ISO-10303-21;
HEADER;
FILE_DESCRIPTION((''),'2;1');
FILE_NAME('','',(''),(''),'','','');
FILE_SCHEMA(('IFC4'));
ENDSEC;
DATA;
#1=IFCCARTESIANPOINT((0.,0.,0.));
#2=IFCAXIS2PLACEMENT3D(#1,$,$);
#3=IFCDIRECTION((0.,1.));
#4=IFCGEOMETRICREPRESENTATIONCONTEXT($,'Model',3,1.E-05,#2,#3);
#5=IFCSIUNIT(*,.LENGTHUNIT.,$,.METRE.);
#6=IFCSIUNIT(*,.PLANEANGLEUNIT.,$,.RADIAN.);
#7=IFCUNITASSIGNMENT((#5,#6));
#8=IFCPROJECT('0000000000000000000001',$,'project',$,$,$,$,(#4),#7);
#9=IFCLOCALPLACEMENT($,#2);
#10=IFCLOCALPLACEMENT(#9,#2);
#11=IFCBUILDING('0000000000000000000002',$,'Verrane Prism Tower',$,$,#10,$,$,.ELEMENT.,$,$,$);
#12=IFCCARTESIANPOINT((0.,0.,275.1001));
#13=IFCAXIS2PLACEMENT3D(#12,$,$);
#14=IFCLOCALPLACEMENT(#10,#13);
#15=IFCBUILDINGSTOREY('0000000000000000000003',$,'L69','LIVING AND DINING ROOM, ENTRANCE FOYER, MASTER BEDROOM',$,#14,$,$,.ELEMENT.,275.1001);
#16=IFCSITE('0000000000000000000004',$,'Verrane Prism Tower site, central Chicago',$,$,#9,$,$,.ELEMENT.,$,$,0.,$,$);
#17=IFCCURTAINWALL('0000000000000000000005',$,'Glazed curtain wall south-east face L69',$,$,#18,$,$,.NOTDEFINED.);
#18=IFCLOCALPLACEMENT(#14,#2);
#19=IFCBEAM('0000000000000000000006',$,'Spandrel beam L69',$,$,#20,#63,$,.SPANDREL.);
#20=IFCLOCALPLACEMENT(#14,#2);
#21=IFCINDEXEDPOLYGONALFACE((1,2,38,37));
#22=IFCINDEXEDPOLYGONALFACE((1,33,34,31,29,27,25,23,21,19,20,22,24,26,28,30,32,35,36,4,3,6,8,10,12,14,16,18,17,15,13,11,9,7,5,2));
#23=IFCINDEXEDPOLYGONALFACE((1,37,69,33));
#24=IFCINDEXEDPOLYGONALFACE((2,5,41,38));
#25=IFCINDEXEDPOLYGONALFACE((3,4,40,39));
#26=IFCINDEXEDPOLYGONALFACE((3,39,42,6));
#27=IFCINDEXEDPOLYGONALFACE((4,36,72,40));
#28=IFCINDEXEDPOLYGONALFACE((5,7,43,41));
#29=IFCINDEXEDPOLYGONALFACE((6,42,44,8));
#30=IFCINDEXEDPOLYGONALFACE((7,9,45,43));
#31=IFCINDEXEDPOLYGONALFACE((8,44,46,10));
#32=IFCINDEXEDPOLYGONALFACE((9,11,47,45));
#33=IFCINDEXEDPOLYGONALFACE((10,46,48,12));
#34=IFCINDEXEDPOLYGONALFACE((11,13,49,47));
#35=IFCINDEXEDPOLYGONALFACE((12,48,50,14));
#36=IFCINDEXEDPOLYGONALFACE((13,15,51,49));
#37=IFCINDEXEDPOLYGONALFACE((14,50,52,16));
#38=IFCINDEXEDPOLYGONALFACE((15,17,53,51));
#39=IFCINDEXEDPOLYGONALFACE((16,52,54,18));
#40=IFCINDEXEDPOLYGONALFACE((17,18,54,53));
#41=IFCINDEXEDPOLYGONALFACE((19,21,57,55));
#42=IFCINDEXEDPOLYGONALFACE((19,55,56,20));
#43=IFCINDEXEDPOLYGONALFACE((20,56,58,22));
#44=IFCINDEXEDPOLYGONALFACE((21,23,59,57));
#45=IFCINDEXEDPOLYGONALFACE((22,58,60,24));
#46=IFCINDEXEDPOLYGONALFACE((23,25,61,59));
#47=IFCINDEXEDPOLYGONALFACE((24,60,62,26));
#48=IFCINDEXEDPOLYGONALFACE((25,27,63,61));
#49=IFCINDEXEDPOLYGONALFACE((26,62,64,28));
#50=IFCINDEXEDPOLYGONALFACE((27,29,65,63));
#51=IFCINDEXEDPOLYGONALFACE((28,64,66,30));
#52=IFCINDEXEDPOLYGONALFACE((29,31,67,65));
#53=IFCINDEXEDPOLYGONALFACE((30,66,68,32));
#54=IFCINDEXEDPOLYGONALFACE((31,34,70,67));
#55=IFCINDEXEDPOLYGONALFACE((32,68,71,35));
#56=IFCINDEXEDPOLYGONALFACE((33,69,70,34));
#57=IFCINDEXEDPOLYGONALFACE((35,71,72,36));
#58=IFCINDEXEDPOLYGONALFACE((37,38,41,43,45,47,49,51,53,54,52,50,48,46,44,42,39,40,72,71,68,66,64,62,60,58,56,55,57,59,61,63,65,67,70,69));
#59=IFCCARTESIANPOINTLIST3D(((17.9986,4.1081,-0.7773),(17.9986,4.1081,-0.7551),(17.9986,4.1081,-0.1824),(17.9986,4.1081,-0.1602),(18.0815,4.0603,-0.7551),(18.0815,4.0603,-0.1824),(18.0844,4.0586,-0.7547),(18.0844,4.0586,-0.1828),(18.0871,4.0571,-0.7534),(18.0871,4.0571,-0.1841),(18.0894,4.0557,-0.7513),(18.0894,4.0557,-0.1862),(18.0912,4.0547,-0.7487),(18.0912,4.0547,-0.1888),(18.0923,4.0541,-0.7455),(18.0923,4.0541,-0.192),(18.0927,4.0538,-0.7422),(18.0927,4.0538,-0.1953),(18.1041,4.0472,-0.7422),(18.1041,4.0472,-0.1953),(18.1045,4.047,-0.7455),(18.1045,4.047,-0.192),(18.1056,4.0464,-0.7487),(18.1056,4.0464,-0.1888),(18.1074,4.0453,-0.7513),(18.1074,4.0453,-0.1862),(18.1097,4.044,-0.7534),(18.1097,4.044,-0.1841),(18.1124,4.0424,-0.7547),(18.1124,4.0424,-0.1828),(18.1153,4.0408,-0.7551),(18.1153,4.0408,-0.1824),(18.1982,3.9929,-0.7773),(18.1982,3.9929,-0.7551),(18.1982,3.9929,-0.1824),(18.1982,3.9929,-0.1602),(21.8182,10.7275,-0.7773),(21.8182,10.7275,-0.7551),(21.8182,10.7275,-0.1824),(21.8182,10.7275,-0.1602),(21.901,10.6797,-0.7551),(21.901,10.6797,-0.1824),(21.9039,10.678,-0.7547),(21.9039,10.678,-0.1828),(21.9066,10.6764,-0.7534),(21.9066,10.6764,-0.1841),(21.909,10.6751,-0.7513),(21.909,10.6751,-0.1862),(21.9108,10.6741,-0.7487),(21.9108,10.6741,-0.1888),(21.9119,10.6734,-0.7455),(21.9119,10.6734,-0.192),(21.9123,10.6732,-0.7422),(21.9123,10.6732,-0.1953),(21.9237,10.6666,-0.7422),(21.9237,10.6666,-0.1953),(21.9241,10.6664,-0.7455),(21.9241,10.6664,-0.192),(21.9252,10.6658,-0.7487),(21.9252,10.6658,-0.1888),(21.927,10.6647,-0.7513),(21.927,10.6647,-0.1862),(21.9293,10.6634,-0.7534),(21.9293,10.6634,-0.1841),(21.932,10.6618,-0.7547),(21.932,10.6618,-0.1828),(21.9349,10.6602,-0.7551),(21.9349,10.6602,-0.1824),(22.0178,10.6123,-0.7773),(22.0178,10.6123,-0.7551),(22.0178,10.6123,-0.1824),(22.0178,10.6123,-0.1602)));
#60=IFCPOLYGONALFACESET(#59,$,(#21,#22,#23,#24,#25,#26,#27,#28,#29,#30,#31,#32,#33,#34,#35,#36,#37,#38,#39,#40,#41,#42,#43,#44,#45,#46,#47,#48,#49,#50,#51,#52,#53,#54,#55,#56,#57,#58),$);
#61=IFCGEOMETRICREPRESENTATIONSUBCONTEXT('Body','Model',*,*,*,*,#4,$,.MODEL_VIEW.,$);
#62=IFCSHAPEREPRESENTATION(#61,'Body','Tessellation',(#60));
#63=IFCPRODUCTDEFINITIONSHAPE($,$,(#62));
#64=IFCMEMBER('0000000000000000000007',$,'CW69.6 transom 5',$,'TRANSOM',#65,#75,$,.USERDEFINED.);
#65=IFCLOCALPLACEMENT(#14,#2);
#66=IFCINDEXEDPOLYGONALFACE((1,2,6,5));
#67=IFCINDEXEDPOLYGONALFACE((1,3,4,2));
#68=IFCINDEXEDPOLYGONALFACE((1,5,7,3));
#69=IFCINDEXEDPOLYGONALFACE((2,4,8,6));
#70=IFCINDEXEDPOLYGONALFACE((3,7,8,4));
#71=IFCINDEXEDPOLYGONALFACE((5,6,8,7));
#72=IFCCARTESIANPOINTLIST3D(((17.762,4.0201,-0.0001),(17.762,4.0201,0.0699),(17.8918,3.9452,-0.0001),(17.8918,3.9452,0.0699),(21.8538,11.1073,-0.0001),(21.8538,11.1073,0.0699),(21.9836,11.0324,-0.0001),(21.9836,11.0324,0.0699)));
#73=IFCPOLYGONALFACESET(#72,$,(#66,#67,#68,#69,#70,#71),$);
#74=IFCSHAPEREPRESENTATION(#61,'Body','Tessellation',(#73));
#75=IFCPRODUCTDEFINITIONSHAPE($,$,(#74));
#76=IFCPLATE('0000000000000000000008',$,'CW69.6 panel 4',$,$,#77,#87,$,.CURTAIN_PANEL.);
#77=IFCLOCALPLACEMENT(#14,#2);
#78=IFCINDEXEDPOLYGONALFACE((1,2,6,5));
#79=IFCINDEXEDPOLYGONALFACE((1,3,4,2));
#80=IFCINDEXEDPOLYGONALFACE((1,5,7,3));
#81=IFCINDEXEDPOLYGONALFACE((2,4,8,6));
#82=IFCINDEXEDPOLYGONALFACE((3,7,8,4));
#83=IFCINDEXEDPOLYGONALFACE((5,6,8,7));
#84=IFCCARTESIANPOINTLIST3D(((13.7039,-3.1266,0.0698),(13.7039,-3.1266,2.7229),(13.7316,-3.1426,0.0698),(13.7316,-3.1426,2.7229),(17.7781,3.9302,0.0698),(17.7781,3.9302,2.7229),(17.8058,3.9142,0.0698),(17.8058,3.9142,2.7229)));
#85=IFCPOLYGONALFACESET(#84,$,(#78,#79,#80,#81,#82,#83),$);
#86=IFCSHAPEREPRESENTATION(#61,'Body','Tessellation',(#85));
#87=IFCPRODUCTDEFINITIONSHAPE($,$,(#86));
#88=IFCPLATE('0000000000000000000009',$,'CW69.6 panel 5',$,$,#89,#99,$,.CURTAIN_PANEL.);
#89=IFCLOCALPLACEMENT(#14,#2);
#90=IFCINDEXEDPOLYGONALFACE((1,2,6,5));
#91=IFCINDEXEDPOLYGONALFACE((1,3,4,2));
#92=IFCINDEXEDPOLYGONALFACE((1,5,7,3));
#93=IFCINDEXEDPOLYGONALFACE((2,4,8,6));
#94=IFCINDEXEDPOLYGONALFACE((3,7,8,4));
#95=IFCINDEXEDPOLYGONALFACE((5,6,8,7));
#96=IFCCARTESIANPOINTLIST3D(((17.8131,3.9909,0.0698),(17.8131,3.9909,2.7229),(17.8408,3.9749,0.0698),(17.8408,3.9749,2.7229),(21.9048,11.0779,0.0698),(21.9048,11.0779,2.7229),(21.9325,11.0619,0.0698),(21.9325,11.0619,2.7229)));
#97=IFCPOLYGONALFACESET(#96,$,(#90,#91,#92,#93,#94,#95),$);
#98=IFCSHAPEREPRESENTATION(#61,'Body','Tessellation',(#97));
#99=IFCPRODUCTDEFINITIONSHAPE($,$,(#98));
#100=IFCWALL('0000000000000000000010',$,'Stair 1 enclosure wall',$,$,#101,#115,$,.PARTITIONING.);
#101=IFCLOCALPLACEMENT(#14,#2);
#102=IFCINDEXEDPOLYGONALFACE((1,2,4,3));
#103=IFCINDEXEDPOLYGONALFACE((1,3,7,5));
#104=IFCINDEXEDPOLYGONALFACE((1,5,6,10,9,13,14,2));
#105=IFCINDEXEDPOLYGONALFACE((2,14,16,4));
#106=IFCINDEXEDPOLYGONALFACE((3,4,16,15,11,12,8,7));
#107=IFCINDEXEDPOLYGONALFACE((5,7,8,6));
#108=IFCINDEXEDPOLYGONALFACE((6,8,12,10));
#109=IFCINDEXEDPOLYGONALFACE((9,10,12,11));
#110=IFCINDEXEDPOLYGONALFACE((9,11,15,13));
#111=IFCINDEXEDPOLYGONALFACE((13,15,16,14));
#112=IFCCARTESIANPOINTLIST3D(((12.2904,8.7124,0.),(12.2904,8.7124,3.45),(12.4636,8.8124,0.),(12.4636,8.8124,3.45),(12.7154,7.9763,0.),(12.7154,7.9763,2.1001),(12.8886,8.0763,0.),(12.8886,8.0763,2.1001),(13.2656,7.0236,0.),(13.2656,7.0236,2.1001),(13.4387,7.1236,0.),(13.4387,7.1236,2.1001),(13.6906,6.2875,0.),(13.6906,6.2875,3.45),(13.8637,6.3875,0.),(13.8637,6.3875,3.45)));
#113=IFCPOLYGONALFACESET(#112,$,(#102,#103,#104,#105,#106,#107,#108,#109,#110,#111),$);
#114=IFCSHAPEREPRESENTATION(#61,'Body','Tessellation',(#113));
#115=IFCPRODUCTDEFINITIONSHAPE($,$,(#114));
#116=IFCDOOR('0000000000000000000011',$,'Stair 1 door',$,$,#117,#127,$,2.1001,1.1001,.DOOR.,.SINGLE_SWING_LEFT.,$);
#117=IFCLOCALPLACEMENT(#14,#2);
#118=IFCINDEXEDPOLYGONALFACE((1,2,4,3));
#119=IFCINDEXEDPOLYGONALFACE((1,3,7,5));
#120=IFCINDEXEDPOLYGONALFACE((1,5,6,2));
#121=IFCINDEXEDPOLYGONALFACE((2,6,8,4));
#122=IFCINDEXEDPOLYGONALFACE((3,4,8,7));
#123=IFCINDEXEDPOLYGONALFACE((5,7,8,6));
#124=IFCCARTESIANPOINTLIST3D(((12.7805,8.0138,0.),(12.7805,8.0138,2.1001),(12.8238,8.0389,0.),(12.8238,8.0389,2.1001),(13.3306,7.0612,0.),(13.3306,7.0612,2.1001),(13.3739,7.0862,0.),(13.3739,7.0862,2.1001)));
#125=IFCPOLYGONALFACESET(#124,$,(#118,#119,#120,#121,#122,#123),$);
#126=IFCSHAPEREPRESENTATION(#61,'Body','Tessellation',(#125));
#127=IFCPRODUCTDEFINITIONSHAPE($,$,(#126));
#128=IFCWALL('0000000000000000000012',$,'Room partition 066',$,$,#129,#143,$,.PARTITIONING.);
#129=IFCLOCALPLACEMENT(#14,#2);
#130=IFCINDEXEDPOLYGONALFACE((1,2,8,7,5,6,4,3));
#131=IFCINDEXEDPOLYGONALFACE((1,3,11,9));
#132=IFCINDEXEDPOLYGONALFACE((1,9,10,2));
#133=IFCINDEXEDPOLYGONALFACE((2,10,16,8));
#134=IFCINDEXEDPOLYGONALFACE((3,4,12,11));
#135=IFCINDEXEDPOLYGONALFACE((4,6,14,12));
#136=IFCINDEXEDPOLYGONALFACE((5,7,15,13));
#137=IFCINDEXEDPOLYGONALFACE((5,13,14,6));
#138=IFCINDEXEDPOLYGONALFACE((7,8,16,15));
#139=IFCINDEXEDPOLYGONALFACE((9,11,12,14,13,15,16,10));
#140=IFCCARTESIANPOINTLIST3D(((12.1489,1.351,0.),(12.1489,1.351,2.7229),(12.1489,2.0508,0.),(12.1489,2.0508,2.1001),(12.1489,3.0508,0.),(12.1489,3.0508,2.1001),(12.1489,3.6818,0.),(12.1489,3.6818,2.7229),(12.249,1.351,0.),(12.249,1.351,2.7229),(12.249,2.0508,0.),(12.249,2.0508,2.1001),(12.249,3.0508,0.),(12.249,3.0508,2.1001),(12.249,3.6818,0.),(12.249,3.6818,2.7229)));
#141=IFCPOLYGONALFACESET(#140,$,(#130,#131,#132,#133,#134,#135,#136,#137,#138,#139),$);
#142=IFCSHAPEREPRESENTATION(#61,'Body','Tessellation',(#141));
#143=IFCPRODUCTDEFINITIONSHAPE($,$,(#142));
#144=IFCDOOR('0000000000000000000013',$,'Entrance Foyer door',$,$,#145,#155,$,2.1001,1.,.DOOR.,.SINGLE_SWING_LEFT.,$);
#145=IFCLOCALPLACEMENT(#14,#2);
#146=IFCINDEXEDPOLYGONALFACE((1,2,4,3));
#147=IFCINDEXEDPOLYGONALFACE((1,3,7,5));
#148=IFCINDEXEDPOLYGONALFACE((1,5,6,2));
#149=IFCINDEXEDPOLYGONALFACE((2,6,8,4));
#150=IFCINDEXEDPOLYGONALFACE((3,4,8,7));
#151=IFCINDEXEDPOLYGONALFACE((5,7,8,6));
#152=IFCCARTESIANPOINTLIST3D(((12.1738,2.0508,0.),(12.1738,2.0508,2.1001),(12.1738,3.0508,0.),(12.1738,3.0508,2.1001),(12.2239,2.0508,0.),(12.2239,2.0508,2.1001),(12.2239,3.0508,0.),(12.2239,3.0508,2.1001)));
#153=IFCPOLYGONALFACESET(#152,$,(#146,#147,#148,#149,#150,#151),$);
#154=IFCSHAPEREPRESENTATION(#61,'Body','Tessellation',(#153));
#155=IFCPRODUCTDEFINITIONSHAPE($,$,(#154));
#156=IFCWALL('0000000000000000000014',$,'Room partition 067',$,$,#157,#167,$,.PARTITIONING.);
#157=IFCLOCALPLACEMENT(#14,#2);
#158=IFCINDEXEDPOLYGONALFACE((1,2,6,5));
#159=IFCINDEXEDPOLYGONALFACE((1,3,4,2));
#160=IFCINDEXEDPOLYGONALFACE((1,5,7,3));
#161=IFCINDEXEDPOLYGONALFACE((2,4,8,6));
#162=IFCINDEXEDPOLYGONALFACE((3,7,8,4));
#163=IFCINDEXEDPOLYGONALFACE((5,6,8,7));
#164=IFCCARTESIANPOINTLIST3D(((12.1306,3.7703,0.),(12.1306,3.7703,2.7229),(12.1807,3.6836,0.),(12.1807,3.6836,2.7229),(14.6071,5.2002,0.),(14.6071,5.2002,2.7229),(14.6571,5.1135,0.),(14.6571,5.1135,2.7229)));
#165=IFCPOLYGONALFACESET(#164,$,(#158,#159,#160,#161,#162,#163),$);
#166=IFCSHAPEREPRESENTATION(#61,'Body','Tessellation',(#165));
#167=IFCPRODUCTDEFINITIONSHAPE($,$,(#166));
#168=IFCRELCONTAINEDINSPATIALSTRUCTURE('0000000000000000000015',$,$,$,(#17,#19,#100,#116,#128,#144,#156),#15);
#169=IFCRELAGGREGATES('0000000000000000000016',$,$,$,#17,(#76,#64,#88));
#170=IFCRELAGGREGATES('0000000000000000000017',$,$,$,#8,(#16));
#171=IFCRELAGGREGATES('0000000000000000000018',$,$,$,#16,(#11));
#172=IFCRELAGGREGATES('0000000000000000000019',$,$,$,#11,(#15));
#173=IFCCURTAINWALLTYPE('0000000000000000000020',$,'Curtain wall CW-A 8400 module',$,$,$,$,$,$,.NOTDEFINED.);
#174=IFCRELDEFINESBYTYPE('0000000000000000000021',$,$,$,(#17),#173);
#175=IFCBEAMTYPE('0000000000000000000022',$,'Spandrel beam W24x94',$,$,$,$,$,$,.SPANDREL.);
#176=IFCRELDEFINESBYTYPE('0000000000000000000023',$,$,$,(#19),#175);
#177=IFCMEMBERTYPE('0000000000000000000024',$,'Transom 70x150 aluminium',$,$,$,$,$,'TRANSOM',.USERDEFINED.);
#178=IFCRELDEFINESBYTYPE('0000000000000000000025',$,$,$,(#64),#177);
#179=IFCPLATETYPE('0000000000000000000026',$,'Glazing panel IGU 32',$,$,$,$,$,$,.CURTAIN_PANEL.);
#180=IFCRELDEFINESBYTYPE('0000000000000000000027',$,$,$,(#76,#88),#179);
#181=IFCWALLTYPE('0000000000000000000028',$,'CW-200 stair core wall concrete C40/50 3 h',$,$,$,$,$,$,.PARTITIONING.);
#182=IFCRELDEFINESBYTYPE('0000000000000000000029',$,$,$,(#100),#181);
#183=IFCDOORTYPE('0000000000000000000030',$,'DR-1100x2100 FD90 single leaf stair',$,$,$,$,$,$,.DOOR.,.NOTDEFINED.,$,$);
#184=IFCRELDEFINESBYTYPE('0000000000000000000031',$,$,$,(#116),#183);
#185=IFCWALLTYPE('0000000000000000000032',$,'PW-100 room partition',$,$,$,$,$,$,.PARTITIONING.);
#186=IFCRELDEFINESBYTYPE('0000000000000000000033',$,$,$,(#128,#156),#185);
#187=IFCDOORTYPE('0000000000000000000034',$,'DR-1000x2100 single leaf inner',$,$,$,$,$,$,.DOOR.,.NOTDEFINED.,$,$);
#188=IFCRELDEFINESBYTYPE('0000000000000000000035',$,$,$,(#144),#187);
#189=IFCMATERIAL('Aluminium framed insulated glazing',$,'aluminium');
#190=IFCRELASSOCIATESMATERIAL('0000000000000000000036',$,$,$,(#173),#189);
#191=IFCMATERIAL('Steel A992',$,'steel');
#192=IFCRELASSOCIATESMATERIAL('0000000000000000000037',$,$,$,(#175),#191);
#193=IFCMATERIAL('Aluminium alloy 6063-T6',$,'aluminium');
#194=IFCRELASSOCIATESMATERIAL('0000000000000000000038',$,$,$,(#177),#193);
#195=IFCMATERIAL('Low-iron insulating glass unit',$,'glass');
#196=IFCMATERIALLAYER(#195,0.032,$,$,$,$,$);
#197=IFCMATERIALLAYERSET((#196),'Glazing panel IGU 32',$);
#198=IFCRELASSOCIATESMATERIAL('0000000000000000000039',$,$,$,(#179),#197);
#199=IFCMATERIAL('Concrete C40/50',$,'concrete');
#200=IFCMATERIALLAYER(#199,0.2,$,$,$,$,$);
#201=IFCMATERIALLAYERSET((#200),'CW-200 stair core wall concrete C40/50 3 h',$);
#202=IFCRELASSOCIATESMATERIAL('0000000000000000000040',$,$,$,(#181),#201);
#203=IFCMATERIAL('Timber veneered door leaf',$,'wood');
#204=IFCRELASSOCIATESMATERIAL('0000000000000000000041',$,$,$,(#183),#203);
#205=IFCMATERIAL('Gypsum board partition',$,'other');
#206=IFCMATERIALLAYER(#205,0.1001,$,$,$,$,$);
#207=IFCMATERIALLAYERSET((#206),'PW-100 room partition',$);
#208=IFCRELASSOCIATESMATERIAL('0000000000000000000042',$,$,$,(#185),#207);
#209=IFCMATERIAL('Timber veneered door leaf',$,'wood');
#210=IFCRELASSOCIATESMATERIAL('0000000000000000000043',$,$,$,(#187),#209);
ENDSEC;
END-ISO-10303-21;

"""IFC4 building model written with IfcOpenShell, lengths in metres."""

from ifc_helpers import new_model, si_unit, direction, frame, frame_2d, origin, origin_2d, place, context, subcontext, project, spatial, rectangle, i_section, extrude, material, layer, layer_set, material_profile, profile_set, type_object, element, fill, aggregate, save


model = new_model("IFC4")

# Units and contexts
model_context = context("Model", 3, precision=1e-05, world=origin(), true_north=direction((0.0, 1.0)))
body_context = subcontext(model_context, "Body", "Model", "MODEL_VIEW")
ifc_project = project(units=[si_unit("LENGTHUNIT", "METRE"), si_unit("PLANEANGLEUNIT", "RADIAN")], contexts=[model_context])

# Site, building, storey
site_placement = place(None, origin())
site = spatial("IfcSite", under=ifc_project, at=site_placement, Name="Verrane Prism Tower site, central Chicago", CompositionType="ELEMENT", RefElevation=0.0)
building_placement = place(site_placement, origin())
building = spatial("IfcBuilding", under=site, at=building_placement, Name="Verrane Prism Tower", CompositionType="ELEMENT")
storey_placement = place(building_placement, frame((0.0, 0.0, 275.1001)))
storey = spatial("IfcBuildingStorey", under=building, at=storey_placement, Name="L69", Description="LIVING AND DINING ROOM, ENTRANCE FOYER, MASTER BEDROOM", CompositionType="ELEMENT", Elevation=275.1001)

# Curtain wall
ifc_material_1 = material(Name="Aluminium framed insulated glazing", Category="aluminium")
curtain_wall_type = type_object("IfcCurtainWallType", Name="Curtain wall CW-A 8400 module", PredefinedType="NOTDEFINED", material=ifc_material_1)
curtain_wall_placement = place(storey_placement, origin())
curtain_wall = element("IfcCurtainWall", 1, at=curtain_wall_placement, inside=storey, type_object=curtain_wall_type, Name="Glazed curtain wall south-east face L69", PredefinedType="NOTDEFINED")

# Beam
ifc_material_2 = material(Name="Steel A992", Category="steel")
ifc_material_profile_1 = material_profile(ifc_material_2, i_section(OverallWidth=0.2305, OverallDepth=0.6172, WebThickness=0.0132, FlangeThickness=0.0222, FilletRadius=0.0129, at=origin_2d()), Name="W24x94")
ifc_profile_set_1 = profile_set([ifc_material_profile_1], Name="Steel A992")
beam_type_1 = type_object("IfcBeamType", Name="Spandrel beam W24x94", PredefinedType="SPANDREL", material=ifc_profile_set_1)
beam_1_placement = place(storey_placement, frame((18.0984, 4.0505, -0.4688), z_axis=(0.499792, 0.866146, 0.0), x_axis=(-0.866146, 0.499792, 0.0)))
element("IfcBeam", 2, at=beam_1_placement, inside=storey, type_object=beam_type_1, Name="Spandrel beam L69", PredefinedType="SPANDREL", context=body_context, shape_type="SweptSolid", body=[
    extrude(i_section(OverallWidth=0.2305, OverallDepth=0.6172, WebThickness=0.0132, FlangeThickness=0.0222, FilletRadius=0.0129, at=origin_2d()), origin(), (0.0, 0.0, 1.0), 7.6423),
])

# Member
ifc_material_3 = material(Name="Aluminium alloy 6063-T6", Category="aluminium")
ifc_material_profile_2 = material_profile(ifc_material_3, rectangle(XDim=0.1499, YDim=0.0701, at=origin_2d()), Name="Transom 70x150 aluminium")
ifc_profile_set_2 = profile_set([ifc_material_profile_2], Name="Aluminium alloy 6063-T6")
member_type_1 = type_object("IfcMemberType", Name="Transom 70x150 aluminium", ElementType="TRANSOM", PredefinedType="USERDEFINED", material=ifc_profile_set_2)
member_1_placement = place(storey_placement, frame((17.8269, 3.9827, 0.0349), z_axis=(0.500002, 0.866024, 0.0), x_axis=(-0.866024, 0.500002, 0.0)))
member_1 = element("IfcMember", 3, at=member_1_placement, type_object=member_type_1, Name="CW69.6 transom 5", ObjectType="TRANSOM", PredefinedType="USERDEFINED", context=body_context, shape_type="SweptSolid", body=[
    extrude(rectangle(XDim=0.1499, YDim=0.0701, at=origin_2d()), origin(), (0.0, 0.0, 1.0), 8.1836),
])

# Plates
ifc_material_4 = material(Name="Low-iron insulating glass unit", Category="glass")
ifc_layer_1 = layer(ifc_material_4, 0.032)
ifc_layer_set_1 = layer_set([ifc_layer_1], Name="Glazing panel IGU 32")
plate_type = type_object("IfcPlateType", Name="Glazing panel IGU 32", PredefinedType="CURTAIN_PANEL", material=ifc_layer_set_1)
plate_1_placement = place(storey_placement, frame((15.7549, 0.3938, 0.0698), z_axis=(0.0, 0.0, 1.0), x_axis=(0.500001, 0.866025, 0.0)))
plate_1 = element("IfcPlate", 4, at=plate_1_placement, type_object=plate_type, Name="CW69.6 panel 4", PredefinedType="CURTAIN_PANEL", context=body_context, shape_type="SweptSolid", body=[
    extrude(rectangle(XDim=8.1484, YDim=0.032, at=origin_2d()), origin(), (0.0, 0.0, 1.0), 2.6531),
])
plate_2_placement = place(storey_placement, frame((19.8728, 7.5264, 0.0698), z_axis=(0.0, 0.0, 1.0), x_axis=(0.500001, 0.866025, 0.0)))
plate_2 = element("IfcPlate", 5, at=plate_2_placement, type_object=plate_type, Name="CW69.6 panel 5", PredefinedType="CURTAIN_PANEL", context=body_context, shape_type="SweptSolid", body=[
    extrude(rectangle(XDim=8.1833, YDim=0.032, at=origin_2d()), origin(), (0.0, 0.0, 1.0), 2.6531),
])
aggregate(curtain_wall, [plate_1, member_1, plate_2])

# Walls, openings, doors
ifc_material_5 = material(Name="Concrete C40/50", Category="concrete")
ifc_layer_2 = layer(ifc_material_5, 0.2)
ifc_layer_set_2 = layer_set([ifc_layer_2], Name="CW-200 stair core wall concrete C40/50 3 h")
wall_type_1 = type_object("IfcWallType", Name="CW-200 stair core wall concrete C40/50 3 h", PredefinedType="PARTITIONING", material=ifc_layer_set_2)
wall_1_placement = place(storey_placement, frame((13.7771, 6.3376, 0.0), z_axis=(0.0, 0.0, 1.0), x_axis=(-0.50005, 0.865997, 0.0)))
wall_1 = element("IfcWall", 6, at=wall_1_placement, inside=storey, type_object=wall_type_1, Name="Stair 1 enclosure wall", PredefinedType="PARTITIONING", context=body_context, shape_type="SweptSolid", body=[
    extrude(rectangle(XDim=2.8, YDim=0.2, at=frame_2d((1.3999, 0.0))), origin(), (0.0, 0.0, 1.0), 3.45),
])
opening_1_placement = place(wall_1_placement, frame((0.8499, 0.0, 0.0)))
opening_1 = element("IfcOpeningElement", 7, at=opening_1_placement, cuts=wall_1, PredefinedType="OPENING", context=body_context, shape_type="SweptSolid", body=[
    extrude(rectangle(XDim=1.1001, YDim=2.1001, at=frame_2d((0.55, 1.05))), frame((0.0, 0.1099, 0.0), z_axis=(0.0, -1.0, 0.0), x_axis=(1.0, 0.0, 0.0)), (0.0, 0.0, 1.0), 0.22),
])
ifc_material_6 = material(Name="Timber veneered door leaf", Category="wood")
door_type_1 = type_object("IfcDoorType", Name="DR-1100x2100 FD90 single leaf stair", OperationType="NOTDEFINED", PredefinedType="DOOR", material=ifc_material_6)
door_1_placement = place(opening_1_placement, origin())
door_1 = element("IfcDoor", 8, at=door_1_placement, inside=storey, type_object=door_type_1, Name="Stair 1 door", OperationType="SINGLE_SWING_LEFT", OverallHeight=2.1001, OverallWidth=1.1001, PredefinedType="DOOR", context=body_context, shape_type="SweptSolid", body=[
    extrude(rectangle(XDim=1.1001, YDim=2.1001, at=frame_2d((0.55, 1.05))), frame((0.0, 0.0249, 0.0), z_axis=(0.0, -1.0, 0.0), x_axis=(1.0, 0.0, 0.0)), (0.0, 0.0, 1.0), 0.05),
])
fill(opening_1, door_1)
ifc_material_7 = material(Name="Gypsum board partition", Category="other")
ifc_layer_3 = layer(ifc_material_7, 0.1001)
ifc_layer_set_3 = layer_set([ifc_layer_3], Name="PW-100 room partition")
wall_type_2 = type_object("IfcWallType", Name="PW-100 room partition", PredefinedType="PARTITIONING", material=ifc_layer_set_3)
wall_2_placement = place(storey_placement, frame((12.199, 3.6819, 0.0), z_axis=(0.0, 0.0, 1.0), x_axis=(0.0, -1.0, 0.0)))
wall_2 = element("IfcWall", 9, at=wall_2_placement, inside=storey, type_object=wall_type_2, Name="Room partition 066", PredefinedType="PARTITIONING", context=body_context, shape_type="SweptSolid", body=[
    extrude(rectangle(XDim=2.3308, YDim=0.1001, at=frame_2d((1.1655, 0.0))), origin(), (0.0, 0.0, 1.0), 2.7229),
])
opening_2_placement = place(wall_2_placement, frame((0.6311, 0.0, 0.0)))
opening_2 = element("IfcOpeningElement", 10, at=opening_2_placement, cuts=wall_2, PredefinedType="OPENING", context=body_context, shape_type="SweptSolid", body=[
    extrude(rectangle(XDim=1.0, YDim=2.1001, at=frame_2d((0.5, 1.05))), frame((0.0, 0.0601, 0.0), z_axis=(0.0, -1.0, 0.0), x_axis=(1.0, 0.0, 0.0)), (0.0, 0.0, 1.0), 0.1201),
])
ifc_material_8 = material(Name="Timber veneered door leaf", Category="wood")
door_type_2 = type_object("IfcDoorType", Name="DR-1000x2100 single leaf inner", OperationType="NOTDEFINED", PredefinedType="DOOR", material=ifc_material_8)
door_2_placement = place(opening_2_placement, origin())
door_2 = element("IfcDoor", 11, at=door_2_placement, inside=storey, type_object=door_type_2, Name="Entrance Foyer door", OperationType="SINGLE_SWING_LEFT", OverallHeight=2.1001, OverallWidth=1.0, PredefinedType="DOOR", context=body_context, shape_type="SweptSolid", body=[
    extrude(rectangle(XDim=1.0, YDim=2.1001, at=frame_2d((0.5, 1.05))), frame((0.0, 0.0249, 0.0), z_axis=(0.0, -1.0, 0.0), x_axis=(1.0, 0.0, 0.0)), (0.0, 0.0, 1.0), 0.05),
])
fill(opening_2, door_2)

# Wall
wall_3_placement = place(storey_placement, frame((12.1558, 3.7271, 0.0), z_axis=(0.0, 0.0, 1.0), x_axis=(0.866012, 0.500023, 0.0)))
element("IfcWall", 12, at=wall_3_placement, inside=storey, type_object=wall_type_2, Name="Room partition 067", PredefinedType="PARTITIONING", context=body_context, shape_type="SweptSolid", body=[
    extrude(rectangle(XDim=2.8596, YDim=0.1001, at=frame_2d((1.4297, 0.0))), origin(), (0.0, 0.0, 1.0), 2.7229),
])

save(model, "model.ifc")
